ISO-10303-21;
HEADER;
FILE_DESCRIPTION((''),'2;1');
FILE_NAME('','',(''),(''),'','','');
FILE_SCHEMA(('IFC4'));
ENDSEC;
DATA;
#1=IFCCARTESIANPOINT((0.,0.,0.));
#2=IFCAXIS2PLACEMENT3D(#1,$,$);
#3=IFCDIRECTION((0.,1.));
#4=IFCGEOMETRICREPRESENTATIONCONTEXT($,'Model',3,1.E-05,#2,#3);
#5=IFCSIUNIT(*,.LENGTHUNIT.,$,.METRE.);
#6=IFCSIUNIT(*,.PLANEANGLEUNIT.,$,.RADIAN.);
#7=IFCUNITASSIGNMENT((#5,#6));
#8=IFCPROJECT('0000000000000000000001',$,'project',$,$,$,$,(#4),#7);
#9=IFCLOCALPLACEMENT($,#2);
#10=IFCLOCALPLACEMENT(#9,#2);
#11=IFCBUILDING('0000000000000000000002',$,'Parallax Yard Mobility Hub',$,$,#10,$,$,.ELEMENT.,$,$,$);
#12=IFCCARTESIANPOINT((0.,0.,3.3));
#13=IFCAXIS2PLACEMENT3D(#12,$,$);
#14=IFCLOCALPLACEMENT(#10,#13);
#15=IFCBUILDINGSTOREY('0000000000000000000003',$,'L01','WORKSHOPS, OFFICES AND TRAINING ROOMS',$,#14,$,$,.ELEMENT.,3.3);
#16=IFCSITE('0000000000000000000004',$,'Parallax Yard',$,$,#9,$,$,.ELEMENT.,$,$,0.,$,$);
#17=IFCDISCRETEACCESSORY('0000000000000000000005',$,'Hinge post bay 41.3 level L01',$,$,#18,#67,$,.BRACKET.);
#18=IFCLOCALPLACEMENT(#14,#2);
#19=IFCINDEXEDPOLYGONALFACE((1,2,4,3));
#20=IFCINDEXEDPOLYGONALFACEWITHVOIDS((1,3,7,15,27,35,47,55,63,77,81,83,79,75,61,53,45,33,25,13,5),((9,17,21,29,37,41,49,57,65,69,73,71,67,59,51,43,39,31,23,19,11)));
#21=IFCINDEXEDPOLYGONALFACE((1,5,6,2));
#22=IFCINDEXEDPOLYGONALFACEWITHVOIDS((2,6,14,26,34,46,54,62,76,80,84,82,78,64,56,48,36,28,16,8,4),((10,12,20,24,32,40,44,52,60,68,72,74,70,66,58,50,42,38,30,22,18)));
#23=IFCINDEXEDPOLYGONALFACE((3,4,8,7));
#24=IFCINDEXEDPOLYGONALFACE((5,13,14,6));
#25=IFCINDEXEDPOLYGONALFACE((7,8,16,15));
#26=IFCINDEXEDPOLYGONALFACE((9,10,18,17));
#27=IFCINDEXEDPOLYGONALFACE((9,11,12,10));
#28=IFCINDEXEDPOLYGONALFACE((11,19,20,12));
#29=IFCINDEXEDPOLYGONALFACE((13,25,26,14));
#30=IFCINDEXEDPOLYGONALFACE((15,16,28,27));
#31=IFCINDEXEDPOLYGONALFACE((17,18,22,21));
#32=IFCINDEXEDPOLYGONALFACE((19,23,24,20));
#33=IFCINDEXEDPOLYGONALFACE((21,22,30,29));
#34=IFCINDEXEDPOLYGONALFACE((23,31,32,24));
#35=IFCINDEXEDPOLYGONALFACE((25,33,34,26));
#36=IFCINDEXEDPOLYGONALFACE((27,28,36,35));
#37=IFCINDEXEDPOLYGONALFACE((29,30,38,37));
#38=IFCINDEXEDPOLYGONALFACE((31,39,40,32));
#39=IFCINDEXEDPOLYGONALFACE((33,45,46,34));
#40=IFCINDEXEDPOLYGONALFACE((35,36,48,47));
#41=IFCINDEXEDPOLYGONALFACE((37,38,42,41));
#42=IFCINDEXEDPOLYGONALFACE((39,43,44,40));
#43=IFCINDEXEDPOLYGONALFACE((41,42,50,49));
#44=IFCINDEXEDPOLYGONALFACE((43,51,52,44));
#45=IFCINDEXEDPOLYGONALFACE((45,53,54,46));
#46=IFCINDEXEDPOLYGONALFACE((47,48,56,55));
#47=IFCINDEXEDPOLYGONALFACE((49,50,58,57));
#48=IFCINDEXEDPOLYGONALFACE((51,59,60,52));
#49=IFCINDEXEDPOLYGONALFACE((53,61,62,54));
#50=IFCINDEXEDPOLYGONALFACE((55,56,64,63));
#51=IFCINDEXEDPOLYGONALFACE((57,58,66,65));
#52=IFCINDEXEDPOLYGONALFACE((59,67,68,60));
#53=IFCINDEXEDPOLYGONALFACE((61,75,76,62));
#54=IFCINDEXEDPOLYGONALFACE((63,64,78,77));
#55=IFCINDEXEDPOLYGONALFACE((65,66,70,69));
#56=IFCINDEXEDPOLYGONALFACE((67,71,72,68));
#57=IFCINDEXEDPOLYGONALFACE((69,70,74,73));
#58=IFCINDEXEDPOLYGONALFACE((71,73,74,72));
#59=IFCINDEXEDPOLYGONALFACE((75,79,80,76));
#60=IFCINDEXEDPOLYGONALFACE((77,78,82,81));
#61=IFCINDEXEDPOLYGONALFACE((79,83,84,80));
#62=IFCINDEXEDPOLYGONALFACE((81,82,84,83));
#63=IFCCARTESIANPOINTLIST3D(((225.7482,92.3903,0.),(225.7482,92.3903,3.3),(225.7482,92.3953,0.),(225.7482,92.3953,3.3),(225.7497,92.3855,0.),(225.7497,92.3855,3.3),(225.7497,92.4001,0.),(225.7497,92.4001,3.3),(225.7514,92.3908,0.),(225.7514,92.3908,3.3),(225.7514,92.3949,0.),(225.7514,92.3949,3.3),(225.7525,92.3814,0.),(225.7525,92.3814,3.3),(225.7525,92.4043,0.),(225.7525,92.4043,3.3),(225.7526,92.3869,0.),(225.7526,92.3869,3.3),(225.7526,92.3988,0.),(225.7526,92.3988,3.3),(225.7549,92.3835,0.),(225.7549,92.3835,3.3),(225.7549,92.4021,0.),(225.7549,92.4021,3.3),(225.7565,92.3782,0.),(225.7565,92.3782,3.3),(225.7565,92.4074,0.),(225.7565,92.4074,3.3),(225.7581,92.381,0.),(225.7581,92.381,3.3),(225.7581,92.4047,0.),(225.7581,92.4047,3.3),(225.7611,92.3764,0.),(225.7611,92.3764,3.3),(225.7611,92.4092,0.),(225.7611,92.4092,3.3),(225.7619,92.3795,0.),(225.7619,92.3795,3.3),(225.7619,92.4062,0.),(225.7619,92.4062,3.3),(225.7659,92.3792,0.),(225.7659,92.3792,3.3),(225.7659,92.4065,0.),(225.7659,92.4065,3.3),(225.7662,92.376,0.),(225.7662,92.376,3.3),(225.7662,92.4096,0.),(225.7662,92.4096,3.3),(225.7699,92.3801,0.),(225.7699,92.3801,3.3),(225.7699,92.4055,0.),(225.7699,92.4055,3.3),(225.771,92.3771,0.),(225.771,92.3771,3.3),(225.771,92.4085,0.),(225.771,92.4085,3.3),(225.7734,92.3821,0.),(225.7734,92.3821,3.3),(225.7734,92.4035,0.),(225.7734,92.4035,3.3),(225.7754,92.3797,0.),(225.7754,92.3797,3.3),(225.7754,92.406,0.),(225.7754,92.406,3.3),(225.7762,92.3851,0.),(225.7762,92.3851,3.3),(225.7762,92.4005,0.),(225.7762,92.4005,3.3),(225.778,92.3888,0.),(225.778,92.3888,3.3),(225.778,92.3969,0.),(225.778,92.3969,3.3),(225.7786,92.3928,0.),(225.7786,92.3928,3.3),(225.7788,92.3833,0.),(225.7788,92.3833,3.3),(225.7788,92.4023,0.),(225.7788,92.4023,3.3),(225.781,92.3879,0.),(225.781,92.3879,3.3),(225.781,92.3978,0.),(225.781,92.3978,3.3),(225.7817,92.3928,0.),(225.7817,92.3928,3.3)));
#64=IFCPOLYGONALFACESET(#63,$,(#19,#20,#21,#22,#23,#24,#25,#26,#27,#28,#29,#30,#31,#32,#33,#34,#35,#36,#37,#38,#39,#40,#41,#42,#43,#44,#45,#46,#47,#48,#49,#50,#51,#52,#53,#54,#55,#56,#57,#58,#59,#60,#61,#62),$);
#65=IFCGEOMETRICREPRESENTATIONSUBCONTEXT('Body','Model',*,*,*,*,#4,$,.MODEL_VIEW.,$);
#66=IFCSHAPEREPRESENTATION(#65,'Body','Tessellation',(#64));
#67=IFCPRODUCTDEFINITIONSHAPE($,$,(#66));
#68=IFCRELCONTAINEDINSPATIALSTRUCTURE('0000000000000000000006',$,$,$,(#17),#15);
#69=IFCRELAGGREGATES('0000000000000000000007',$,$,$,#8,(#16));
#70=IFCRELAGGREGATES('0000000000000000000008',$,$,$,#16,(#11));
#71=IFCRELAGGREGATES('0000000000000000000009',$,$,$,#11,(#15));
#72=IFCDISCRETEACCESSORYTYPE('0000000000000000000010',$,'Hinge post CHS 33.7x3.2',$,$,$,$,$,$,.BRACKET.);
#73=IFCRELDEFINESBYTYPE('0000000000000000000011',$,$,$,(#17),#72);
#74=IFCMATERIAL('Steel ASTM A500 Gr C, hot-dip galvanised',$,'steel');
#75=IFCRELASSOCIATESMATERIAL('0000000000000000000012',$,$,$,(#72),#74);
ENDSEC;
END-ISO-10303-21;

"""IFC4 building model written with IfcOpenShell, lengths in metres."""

from ifc_helpers import new_model, si_unit, direction, frame, origin, origin_2d, place, context, subcontext, project, spatial, hollow_circle, extrude, material, material_profile, profile_set, type_object, element, save


model = new_model("IFC4")

# Units and contexts
model_context = context("Model", 3, precision=1e-05, world=origin(), true_north=direction((0.0, 1.0)))
body_context = subcontext(model_context, "Body", "Model", "MODEL_VIEW")
ifc_project = project(units=[si_unit("LENGTHUNIT", "METRE"), si_unit("PLANEANGLEUNIT", "RADIAN")], contexts=[model_context])

# Site, building, storey
site_placement = place(None, origin())
site = spatial("IfcSite", under=ifc_project, at=site_placement, Name="Parallax Yard", CompositionType="ELEMENT", RefElevation=0.0)
building_placement = place(site_placement, origin())
building = spatial("IfcBuilding", under=site, at=building_placement, Name="Parallax Yard Mobility Hub", CompositionType="ELEMENT")
storey_placement = place(building_placement, frame((0.0, 0.0, 3.3)))
storey = spatial("IfcBuildingStorey", under=building, at=storey_placement, Name="L01", Description="WORKSHOPS, OFFICES AND TRAINING ROOMS", CompositionType="ELEMENT", Elevation=3.3)

# Discrete accessory
ifc_material_1 = material(Name="Steel ASTM A500 Gr C, hot-dip galvanised", Category="steel")
ifc_material_profile_1 = material_profile(ifc_material_1, hollow_circle(Radius=0.0168, WallThickness=0.0032, at=origin_2d()), Name="CHS 33.7x3.2")
ifc_profile_set_1 = profile_set([ifc_material_profile_1], Name="Steel ASTM A500 Gr C, hot-dip galvanised")
discrete_accessory_type_1 = type_object("IfcDiscreteAccessoryType", Name="Hinge post CHS 33.7x3.2", PredefinedType="BRACKET", material=ifc_profile_set_1)
for number, where, z_axis, x_axis, name in (
    (1, (225.7649, 92.3928, 0.0), (0.0, 0.0, 1.0), (1.0, 0.0, 0.0), "Hinge post bay 41.3 level L01"),
):
    element("IfcDiscreteAccessory", number, at=place(storey_placement, frame(where, z_axis=z_axis, x_axis=x_axis)), inside=storey, type_object=discrete_accessory_type_1, Name=name, PredefinedType="BRACKET", context=body_context, shape_type="SweptSolid", body=[
        extrude(hollow_circle(Radius=0.0168, WallThickness=0.0032, at=origin_2d()), origin(), (0.0, 0.0, 1.0), 3.3),
    ])

save(model, "model.ifc")
